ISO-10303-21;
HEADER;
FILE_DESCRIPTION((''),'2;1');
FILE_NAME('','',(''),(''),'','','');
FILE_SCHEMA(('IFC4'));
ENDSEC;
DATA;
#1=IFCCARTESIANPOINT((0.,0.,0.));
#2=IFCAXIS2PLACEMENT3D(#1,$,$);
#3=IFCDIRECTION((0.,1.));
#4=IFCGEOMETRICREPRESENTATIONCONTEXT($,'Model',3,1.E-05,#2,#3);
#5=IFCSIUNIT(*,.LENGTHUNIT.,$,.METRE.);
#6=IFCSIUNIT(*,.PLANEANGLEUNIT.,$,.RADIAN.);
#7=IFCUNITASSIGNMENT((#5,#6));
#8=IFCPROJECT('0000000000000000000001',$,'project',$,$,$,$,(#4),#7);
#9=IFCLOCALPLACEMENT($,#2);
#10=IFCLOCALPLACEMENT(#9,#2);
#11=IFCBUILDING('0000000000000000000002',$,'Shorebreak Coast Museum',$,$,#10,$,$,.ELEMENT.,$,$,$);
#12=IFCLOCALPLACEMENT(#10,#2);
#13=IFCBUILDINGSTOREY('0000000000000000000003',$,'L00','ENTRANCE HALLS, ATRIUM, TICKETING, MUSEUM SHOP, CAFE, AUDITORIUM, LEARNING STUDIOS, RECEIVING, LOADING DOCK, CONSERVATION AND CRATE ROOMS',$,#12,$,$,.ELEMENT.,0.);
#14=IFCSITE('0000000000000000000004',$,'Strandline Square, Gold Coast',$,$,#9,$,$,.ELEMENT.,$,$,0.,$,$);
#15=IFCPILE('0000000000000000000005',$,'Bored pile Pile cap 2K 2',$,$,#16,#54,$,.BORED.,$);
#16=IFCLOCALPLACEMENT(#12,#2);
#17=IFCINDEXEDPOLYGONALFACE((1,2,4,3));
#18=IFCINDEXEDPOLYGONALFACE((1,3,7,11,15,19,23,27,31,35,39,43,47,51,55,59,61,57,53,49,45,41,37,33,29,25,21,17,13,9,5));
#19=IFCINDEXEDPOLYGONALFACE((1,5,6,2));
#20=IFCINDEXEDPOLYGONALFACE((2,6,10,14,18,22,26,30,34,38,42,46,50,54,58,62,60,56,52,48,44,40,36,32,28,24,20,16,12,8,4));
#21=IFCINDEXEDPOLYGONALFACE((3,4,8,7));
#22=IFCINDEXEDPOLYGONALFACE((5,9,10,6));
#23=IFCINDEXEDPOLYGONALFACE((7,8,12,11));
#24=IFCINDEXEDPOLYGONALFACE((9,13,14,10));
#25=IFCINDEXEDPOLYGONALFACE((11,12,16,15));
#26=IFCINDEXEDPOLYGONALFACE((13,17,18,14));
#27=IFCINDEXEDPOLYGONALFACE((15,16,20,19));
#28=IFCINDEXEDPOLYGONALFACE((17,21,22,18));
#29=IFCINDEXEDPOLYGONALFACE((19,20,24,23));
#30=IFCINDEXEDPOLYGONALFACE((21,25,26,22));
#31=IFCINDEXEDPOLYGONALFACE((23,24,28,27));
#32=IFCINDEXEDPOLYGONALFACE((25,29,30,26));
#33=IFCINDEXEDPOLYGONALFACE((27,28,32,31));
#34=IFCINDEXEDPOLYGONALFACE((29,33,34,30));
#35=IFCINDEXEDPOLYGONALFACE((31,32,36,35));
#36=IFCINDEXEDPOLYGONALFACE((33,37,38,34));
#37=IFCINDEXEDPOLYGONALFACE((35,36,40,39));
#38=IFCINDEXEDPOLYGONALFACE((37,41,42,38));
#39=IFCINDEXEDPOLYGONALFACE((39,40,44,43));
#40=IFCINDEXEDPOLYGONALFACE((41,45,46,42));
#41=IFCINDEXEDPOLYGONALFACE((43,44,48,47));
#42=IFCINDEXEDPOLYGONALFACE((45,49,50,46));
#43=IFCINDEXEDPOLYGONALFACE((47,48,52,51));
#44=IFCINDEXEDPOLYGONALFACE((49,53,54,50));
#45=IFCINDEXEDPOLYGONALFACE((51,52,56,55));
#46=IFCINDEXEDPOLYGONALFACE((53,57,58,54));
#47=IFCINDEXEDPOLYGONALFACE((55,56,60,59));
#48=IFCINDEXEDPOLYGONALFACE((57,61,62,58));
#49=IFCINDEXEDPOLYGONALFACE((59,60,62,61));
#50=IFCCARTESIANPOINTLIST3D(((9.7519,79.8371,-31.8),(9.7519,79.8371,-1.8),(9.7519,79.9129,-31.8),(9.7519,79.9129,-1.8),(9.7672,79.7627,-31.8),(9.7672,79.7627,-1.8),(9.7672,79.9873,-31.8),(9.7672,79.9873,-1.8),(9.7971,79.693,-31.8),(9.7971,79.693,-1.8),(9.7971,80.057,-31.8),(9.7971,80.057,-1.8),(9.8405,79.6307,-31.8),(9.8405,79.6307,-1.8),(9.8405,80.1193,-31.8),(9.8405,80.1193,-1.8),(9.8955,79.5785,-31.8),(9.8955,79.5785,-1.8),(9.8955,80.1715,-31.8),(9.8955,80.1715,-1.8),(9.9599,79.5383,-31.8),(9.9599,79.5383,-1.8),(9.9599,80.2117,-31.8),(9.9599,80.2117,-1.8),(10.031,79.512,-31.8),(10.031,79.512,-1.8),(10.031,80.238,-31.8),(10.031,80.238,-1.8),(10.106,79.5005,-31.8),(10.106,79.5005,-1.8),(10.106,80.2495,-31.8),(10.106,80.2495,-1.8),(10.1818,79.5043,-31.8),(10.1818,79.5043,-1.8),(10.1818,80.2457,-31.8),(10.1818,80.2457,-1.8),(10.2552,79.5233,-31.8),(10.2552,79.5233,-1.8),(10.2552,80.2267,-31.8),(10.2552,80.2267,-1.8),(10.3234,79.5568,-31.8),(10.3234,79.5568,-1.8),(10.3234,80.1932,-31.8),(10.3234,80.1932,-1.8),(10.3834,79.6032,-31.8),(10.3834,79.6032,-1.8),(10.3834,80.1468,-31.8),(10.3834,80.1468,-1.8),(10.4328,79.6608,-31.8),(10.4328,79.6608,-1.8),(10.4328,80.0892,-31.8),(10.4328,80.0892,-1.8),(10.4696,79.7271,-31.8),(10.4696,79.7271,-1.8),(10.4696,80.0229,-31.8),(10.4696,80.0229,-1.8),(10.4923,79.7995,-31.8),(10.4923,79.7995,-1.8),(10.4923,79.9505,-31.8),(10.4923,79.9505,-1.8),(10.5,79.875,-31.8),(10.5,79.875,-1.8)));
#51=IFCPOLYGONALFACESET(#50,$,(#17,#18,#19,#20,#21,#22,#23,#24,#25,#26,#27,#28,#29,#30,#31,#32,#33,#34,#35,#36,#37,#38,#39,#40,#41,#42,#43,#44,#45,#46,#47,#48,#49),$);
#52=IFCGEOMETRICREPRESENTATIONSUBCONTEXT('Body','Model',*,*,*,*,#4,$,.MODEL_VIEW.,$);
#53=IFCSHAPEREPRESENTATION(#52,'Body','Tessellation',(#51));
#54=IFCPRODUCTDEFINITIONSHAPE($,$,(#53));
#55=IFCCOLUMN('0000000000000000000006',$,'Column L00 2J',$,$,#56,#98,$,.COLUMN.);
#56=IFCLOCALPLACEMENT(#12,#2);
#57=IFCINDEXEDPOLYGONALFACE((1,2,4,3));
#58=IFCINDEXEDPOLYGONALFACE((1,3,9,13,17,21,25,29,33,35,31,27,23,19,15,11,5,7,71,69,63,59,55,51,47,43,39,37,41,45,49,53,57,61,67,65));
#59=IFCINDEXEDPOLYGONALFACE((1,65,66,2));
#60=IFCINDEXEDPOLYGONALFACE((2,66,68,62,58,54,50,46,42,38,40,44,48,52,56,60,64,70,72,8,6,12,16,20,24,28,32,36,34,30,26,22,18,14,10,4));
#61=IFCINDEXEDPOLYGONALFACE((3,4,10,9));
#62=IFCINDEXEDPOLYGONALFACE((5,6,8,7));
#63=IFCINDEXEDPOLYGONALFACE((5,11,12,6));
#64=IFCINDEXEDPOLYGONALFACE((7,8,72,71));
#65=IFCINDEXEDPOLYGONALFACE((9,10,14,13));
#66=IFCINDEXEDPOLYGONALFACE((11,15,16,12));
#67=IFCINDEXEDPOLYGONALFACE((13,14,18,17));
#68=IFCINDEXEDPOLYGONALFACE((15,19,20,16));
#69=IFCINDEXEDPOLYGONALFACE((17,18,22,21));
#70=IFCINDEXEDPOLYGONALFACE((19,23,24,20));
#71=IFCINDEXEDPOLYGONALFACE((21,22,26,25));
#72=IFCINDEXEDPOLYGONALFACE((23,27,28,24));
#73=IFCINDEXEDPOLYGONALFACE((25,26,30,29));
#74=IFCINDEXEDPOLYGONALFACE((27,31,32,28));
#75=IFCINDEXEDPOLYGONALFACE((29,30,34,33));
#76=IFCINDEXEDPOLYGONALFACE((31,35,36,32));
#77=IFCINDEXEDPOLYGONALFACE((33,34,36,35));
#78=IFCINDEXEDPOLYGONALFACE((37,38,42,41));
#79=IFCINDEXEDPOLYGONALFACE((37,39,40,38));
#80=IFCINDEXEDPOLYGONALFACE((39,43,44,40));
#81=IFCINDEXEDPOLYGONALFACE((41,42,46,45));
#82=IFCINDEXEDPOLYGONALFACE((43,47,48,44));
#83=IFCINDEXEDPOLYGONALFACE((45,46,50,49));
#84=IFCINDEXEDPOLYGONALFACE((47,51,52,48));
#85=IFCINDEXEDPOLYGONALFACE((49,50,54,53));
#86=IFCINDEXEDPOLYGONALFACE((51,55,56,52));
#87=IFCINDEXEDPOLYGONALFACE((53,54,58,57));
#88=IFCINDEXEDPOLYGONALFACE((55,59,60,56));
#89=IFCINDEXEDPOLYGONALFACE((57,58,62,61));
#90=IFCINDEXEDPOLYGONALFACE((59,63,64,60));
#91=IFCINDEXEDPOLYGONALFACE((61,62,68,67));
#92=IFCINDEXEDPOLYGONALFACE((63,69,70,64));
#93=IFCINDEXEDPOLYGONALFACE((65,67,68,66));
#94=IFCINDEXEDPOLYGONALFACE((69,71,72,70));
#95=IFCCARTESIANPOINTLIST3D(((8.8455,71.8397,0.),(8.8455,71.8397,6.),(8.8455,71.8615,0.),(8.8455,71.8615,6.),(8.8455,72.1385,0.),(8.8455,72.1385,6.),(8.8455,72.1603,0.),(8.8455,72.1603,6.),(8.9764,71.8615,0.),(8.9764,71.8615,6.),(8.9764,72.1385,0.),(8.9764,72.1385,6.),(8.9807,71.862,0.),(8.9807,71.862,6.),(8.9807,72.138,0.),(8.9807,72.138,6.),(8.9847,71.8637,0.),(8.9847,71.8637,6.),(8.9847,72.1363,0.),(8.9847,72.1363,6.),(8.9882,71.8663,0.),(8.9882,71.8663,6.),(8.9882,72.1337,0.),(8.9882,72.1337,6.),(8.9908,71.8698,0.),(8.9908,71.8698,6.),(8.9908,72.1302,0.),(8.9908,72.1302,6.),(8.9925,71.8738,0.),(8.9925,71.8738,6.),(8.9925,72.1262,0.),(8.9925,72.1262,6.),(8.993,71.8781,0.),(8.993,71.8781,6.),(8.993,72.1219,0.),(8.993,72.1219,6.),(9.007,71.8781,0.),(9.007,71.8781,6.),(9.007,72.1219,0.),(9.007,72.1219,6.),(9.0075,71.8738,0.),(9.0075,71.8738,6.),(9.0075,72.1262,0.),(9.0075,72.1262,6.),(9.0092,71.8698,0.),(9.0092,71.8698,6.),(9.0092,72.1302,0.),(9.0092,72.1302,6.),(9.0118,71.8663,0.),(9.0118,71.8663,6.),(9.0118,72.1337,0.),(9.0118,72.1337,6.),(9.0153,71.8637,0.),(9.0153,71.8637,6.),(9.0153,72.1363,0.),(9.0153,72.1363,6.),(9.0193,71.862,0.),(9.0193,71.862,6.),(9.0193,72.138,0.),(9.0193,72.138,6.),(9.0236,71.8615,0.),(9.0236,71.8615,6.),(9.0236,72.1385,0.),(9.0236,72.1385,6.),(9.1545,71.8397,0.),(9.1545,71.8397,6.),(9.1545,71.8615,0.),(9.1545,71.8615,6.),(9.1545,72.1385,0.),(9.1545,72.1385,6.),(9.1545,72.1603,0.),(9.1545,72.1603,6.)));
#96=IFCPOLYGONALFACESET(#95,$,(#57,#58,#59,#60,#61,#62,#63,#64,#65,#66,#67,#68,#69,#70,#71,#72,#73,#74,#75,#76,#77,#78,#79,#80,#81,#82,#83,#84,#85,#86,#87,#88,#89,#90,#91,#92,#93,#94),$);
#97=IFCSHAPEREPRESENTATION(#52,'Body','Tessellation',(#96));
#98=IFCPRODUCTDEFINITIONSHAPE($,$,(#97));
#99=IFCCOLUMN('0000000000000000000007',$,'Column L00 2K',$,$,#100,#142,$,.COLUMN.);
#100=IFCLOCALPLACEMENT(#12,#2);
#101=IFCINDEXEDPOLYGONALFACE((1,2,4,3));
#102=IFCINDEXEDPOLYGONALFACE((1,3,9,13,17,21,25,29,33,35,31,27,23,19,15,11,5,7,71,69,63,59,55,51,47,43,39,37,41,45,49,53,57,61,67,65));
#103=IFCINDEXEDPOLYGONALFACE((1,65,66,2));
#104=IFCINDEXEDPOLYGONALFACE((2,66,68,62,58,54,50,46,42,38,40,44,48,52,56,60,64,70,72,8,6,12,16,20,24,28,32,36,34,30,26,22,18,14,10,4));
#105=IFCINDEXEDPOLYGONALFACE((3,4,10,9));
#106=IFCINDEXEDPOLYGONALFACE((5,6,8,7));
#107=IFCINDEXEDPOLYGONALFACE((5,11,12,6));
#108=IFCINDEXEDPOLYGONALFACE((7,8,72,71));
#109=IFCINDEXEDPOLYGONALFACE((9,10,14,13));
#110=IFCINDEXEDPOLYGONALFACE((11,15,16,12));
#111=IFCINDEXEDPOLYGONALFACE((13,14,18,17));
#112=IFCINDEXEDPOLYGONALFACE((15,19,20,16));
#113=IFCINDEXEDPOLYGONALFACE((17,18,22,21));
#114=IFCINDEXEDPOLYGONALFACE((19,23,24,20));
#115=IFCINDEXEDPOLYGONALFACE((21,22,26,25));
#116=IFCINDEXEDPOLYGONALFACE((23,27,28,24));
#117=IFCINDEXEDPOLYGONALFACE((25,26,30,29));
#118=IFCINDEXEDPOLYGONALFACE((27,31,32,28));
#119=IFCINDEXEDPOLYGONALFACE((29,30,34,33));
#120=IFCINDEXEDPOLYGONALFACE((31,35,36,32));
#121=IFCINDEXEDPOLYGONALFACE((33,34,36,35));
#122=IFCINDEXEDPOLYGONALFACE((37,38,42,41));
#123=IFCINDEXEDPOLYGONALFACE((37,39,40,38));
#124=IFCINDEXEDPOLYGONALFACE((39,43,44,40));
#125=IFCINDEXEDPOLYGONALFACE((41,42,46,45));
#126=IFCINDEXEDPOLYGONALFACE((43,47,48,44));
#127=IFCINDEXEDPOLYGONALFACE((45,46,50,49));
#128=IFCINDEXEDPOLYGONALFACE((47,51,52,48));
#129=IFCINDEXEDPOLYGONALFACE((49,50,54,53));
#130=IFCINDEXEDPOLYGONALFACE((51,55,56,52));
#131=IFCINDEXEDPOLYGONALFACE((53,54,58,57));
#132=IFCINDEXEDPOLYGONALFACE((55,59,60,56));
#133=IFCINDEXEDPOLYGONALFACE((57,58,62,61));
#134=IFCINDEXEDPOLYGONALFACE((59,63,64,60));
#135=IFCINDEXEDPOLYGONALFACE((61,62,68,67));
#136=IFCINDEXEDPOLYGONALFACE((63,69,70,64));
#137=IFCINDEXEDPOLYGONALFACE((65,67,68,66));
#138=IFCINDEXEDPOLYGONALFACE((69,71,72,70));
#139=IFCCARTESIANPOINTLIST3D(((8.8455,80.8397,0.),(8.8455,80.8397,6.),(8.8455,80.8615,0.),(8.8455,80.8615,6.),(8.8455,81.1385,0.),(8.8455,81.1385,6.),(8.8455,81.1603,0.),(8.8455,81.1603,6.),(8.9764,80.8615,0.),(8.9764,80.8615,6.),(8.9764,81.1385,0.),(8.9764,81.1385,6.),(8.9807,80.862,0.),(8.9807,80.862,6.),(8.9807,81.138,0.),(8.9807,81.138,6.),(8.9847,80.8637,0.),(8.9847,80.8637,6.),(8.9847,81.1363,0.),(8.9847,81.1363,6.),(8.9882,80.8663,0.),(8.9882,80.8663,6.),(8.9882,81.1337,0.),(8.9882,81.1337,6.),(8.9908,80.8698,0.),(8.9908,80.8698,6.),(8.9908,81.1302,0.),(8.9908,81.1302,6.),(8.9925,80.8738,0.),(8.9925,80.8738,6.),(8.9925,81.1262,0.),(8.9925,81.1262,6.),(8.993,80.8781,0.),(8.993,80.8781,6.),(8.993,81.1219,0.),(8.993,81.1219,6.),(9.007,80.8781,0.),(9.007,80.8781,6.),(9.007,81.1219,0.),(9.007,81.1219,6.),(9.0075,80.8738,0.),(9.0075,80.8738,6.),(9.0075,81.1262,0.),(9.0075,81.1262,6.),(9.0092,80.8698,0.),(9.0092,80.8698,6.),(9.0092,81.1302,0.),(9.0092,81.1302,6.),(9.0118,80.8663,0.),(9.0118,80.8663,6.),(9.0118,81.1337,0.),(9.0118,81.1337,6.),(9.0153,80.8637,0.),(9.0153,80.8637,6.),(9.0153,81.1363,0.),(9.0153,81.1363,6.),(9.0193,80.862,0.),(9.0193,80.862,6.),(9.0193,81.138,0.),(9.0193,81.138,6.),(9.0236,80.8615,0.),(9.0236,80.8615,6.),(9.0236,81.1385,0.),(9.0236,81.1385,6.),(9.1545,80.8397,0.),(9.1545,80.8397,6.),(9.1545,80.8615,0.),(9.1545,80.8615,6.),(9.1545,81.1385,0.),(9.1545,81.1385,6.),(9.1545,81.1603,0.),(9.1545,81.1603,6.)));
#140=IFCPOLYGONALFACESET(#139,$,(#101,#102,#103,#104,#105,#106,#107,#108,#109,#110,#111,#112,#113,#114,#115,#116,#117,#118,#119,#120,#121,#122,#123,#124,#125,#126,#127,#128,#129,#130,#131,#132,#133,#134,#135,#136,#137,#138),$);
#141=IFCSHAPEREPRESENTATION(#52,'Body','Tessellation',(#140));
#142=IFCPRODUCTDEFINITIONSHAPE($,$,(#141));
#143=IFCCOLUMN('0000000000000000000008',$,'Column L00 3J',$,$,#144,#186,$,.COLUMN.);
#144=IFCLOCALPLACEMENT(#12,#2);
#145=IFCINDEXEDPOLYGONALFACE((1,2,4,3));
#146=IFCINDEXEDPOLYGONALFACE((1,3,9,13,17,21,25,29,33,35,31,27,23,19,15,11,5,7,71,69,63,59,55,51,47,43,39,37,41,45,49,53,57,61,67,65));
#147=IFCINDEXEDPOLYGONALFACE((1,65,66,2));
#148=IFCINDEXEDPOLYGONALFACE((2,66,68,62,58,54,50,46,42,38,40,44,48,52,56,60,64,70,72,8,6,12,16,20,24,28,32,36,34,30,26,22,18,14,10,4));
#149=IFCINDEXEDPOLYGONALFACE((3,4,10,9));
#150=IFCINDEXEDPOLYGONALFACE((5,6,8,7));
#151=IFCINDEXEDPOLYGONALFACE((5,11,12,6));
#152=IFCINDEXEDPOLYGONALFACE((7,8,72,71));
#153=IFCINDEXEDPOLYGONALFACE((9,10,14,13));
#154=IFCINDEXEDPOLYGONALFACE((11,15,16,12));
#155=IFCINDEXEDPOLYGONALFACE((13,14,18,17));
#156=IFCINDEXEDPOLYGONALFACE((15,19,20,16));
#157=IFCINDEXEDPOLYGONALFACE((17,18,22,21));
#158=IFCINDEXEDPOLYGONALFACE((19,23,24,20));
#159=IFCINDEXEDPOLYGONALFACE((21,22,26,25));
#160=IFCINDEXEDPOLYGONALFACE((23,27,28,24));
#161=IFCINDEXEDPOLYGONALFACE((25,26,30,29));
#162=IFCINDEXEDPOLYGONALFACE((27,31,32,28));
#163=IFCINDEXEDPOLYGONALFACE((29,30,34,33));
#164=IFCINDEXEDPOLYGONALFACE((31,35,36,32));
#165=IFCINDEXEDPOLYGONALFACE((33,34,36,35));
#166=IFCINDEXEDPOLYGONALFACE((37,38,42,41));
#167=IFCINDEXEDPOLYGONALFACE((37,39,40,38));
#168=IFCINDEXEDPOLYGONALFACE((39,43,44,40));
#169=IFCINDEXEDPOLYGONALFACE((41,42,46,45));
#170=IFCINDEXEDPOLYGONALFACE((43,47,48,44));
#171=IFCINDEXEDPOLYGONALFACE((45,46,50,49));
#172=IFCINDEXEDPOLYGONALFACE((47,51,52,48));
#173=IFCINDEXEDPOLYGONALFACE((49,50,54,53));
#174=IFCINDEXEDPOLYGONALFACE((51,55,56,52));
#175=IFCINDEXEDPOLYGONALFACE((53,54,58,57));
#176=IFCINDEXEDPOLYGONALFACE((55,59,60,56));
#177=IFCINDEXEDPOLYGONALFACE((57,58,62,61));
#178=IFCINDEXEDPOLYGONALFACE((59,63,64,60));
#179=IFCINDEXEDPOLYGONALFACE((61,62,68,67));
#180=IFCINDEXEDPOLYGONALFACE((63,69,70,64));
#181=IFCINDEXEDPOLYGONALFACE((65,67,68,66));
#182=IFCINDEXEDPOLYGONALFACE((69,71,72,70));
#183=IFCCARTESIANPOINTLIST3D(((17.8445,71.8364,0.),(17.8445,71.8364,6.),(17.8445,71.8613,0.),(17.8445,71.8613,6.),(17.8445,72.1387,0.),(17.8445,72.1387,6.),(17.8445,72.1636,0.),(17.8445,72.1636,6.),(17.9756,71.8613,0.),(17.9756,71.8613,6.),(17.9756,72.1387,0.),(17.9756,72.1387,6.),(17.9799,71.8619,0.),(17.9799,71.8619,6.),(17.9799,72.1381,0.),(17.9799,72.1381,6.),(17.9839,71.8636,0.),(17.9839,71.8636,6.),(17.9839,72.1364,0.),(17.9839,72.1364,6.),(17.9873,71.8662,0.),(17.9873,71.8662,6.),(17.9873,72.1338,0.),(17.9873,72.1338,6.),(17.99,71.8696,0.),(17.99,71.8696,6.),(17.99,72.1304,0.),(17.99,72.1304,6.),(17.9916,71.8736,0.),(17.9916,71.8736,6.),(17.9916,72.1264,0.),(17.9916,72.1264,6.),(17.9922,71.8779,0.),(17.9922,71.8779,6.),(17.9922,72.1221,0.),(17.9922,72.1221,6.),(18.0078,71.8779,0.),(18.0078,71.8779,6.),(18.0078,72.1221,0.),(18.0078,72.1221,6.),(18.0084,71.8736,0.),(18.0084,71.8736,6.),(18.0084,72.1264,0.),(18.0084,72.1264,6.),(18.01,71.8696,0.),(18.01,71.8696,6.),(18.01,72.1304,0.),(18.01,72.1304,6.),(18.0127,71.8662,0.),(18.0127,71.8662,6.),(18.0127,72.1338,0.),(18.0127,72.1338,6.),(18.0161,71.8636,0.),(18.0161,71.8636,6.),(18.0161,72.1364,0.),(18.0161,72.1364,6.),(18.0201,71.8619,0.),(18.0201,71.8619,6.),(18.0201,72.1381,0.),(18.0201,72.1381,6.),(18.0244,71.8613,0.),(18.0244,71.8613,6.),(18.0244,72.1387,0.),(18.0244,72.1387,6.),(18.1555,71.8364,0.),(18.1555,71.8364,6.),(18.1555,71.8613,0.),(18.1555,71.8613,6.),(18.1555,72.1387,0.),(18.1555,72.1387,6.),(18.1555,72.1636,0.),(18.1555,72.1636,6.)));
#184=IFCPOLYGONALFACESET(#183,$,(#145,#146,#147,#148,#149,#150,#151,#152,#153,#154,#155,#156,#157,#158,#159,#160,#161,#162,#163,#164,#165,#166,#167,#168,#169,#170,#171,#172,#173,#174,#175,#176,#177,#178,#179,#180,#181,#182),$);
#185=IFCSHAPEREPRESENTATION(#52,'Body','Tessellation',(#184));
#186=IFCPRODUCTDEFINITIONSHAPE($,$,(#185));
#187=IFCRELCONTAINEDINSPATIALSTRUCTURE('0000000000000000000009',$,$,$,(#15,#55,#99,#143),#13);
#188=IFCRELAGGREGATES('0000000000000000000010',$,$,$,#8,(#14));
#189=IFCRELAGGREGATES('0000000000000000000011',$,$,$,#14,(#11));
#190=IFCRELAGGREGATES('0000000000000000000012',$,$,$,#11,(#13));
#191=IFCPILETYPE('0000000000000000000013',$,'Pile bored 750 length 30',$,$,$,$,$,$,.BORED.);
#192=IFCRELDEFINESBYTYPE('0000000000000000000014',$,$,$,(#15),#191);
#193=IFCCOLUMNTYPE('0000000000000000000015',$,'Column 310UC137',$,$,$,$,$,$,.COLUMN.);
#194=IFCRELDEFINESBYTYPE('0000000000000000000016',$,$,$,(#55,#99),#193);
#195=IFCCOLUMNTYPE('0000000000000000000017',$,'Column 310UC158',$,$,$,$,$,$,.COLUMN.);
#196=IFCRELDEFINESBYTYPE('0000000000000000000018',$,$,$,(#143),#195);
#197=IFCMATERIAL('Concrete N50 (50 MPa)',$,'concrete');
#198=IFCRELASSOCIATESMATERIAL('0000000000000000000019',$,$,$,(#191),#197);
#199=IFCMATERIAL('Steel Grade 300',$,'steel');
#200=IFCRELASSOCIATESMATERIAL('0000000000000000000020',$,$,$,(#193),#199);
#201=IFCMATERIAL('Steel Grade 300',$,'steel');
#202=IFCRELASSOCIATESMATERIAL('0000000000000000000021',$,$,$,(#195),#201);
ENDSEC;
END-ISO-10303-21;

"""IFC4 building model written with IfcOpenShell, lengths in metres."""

from ifc_helpers import new_model, si_unit, direction, frame, origin, origin_2d, place, context, subcontext, project, spatial, circle, i_section, extrude, material, material_profile, profile_set, type_object, element, save


model = new_model("IFC4")

# Units and contexts
model_context = context("Model", 3, precision=1e-05, world=origin(), true_north=direction((0.0, 1.0)))
body_context = subcontext(model_context, "Body", "Model", "MODEL_VIEW")
ifc_project = project(units=[si_unit("LENGTHUNIT", "METRE"), si_unit("PLANEANGLEUNIT", "RADIAN")], contexts=[model_context])

# Site, building, storey
site_placement = place(None, origin())
site = spatial("IfcSite", under=ifc_project, at=site_placement, Name="Strandline Square, Gold Coast", CompositionType="ELEMENT", RefElevation=0.0)
building_placement = place(site_placement, origin())
building = spatial("IfcBuilding", under=site, at=building_placement, Name="Shorebreak Coast Museum", CompositionType="ELEMENT")
storey_placement = place(building_placement, origin())
storey = spatial("IfcBuildingStorey", under=building, at=storey_placement, Name="L00", Description="ENTRANCE HALLS, ATRIUM, TICKETING, MUSEUM SHOP, CAFE, AUDITORIUM, LEARNING STUDIOS, RECEIVING, LOADING DOCK, CONSERVATION AND CRATE ROOMS", CompositionType="ELEMENT", Elevation=0.0)

# Pile
ifc_material_1 = material(Name="Concrete N50 (50 MPa)", Category="concrete")
ifc_material_profile_1 = material_profile(ifc_material_1, circle(Radius=0.375, at=origin_2d()), Name="Pile bored 750 length 30")
ifc_profile_set_1 = profile_set([ifc_material_profile_1], Name="Concrete N50 (50 MPa)")
pile_type_1 = type_object("IfcPileType", Name="Pile bored 750 length 30", PredefinedType="BORED", material=ifc_profile_set_1)
for number, where, z_axis, x_axis, name in (
    (1, (10.125, 79.875, -1.8), (0.0, 0.0, -1.0), (1.0, 0.0, 0.0), "Bored pile Pile cap 2K 2"),
):
    element("IfcPile", number, at=place(storey_placement, frame(where, z_axis=z_axis, x_axis=x_axis)), inside=storey, type_object=pile_type_1, Name=name, PredefinedType="BORED", context=body_context, shape_type="SweptSolid", body=[
        extrude(circle(Radius=0.375, at=origin_2d()), origin(), (0.0, 0.0, 1.0), 30.0),
    ])

# Columns
ifc_material_2 = material(Name="Steel Grade 300", Category="steel")
ifc_material_profile_2 = material_profile(ifc_material_2, i_section(OverallWidth=0.3091, OverallDepth=0.3206, WebThickness=0.0139, FlangeThickness=0.0217, FilletRadius=0.0166, at=origin_2d()), Name="310UC137")
ifc_profile_set_2 = profile_set([ifc_material_profile_2], Name="Steel Grade 300")
column_type_1 = type_object("IfcColumnType", Name="Column 310UC137", PredefinedType="COLUMN", material=ifc_profile_set_2)
for number, where, z_axis, x_axis, name in (
    (2, (9.0, 72.0, 0.0), (0.0, 0.0, 1.0), (1.0, 0.0, 0.0), "Column L00 2J"),
    (3, (9.0, 81.0, 0.0), (0.0, 0.0, 1.0), (1.0, 0.0, 0.0), "Column L00 2K"),
):
    element("IfcColumn", number, at=place(storey_placement, frame(where, z_axis=z_axis, x_axis=x_axis)), inside=storey, type_object=column_type_1, Name=name, PredefinedType="COLUMN", context=body_context, shape_type="SweptSolid", body=[
        extrude(i_section(OverallWidth=0.3091, OverallDepth=0.3206, WebThickness=0.0139, FlangeThickness=0.0217, FilletRadius=0.0166, at=origin_2d()), origin(), (0.0, 0.0, 1.0), 6.0),
    ])
ifc_material_3 = material(Name="Steel Grade 300", Category="steel")
ifc_material_profile_3 = material_profile(ifc_material_3, i_section(OverallWidth=0.311, OverallDepth=0.3271, WebThickness=0.0156, FlangeThickness=0.0249, FilletRadius=0.0166, at=origin_2d()), Name="310UC158")
ifc_profile_set_3 = profile_set([ifc_material_profile_3], Name="Steel Grade 300")
column_type_2 = type_object("IfcColumnType", Name="Column 310UC158", PredefinedType="COLUMN", material=ifc_profile_set_3)
for number, where, z_axis, x_axis, name in (
    (4, (18.0, 72.0, 0.0), (0.0, 0.0, 1.0), (1.0, 0.0, 0.0), "Column L00 3J"),
):
    element("IfcColumn", number, at=place(storey_placement, frame(where, z_axis=z_axis, x_axis=x_axis)), inside=storey, type_object=column_type_2, Name=name, PredefinedType="COLUMN", context=body_context, shape_type="SweptSolid", body=[
        extrude(i_section(OverallWidth=0.311, OverallDepth=0.3271, WebThickness=0.0156, FlangeThickness=0.0249, FilletRadius=0.0166, at=origin_2d()), origin(), (0.0, 0.0, 1.0), 6.0),
    ])

save(model, "model.ifc")
